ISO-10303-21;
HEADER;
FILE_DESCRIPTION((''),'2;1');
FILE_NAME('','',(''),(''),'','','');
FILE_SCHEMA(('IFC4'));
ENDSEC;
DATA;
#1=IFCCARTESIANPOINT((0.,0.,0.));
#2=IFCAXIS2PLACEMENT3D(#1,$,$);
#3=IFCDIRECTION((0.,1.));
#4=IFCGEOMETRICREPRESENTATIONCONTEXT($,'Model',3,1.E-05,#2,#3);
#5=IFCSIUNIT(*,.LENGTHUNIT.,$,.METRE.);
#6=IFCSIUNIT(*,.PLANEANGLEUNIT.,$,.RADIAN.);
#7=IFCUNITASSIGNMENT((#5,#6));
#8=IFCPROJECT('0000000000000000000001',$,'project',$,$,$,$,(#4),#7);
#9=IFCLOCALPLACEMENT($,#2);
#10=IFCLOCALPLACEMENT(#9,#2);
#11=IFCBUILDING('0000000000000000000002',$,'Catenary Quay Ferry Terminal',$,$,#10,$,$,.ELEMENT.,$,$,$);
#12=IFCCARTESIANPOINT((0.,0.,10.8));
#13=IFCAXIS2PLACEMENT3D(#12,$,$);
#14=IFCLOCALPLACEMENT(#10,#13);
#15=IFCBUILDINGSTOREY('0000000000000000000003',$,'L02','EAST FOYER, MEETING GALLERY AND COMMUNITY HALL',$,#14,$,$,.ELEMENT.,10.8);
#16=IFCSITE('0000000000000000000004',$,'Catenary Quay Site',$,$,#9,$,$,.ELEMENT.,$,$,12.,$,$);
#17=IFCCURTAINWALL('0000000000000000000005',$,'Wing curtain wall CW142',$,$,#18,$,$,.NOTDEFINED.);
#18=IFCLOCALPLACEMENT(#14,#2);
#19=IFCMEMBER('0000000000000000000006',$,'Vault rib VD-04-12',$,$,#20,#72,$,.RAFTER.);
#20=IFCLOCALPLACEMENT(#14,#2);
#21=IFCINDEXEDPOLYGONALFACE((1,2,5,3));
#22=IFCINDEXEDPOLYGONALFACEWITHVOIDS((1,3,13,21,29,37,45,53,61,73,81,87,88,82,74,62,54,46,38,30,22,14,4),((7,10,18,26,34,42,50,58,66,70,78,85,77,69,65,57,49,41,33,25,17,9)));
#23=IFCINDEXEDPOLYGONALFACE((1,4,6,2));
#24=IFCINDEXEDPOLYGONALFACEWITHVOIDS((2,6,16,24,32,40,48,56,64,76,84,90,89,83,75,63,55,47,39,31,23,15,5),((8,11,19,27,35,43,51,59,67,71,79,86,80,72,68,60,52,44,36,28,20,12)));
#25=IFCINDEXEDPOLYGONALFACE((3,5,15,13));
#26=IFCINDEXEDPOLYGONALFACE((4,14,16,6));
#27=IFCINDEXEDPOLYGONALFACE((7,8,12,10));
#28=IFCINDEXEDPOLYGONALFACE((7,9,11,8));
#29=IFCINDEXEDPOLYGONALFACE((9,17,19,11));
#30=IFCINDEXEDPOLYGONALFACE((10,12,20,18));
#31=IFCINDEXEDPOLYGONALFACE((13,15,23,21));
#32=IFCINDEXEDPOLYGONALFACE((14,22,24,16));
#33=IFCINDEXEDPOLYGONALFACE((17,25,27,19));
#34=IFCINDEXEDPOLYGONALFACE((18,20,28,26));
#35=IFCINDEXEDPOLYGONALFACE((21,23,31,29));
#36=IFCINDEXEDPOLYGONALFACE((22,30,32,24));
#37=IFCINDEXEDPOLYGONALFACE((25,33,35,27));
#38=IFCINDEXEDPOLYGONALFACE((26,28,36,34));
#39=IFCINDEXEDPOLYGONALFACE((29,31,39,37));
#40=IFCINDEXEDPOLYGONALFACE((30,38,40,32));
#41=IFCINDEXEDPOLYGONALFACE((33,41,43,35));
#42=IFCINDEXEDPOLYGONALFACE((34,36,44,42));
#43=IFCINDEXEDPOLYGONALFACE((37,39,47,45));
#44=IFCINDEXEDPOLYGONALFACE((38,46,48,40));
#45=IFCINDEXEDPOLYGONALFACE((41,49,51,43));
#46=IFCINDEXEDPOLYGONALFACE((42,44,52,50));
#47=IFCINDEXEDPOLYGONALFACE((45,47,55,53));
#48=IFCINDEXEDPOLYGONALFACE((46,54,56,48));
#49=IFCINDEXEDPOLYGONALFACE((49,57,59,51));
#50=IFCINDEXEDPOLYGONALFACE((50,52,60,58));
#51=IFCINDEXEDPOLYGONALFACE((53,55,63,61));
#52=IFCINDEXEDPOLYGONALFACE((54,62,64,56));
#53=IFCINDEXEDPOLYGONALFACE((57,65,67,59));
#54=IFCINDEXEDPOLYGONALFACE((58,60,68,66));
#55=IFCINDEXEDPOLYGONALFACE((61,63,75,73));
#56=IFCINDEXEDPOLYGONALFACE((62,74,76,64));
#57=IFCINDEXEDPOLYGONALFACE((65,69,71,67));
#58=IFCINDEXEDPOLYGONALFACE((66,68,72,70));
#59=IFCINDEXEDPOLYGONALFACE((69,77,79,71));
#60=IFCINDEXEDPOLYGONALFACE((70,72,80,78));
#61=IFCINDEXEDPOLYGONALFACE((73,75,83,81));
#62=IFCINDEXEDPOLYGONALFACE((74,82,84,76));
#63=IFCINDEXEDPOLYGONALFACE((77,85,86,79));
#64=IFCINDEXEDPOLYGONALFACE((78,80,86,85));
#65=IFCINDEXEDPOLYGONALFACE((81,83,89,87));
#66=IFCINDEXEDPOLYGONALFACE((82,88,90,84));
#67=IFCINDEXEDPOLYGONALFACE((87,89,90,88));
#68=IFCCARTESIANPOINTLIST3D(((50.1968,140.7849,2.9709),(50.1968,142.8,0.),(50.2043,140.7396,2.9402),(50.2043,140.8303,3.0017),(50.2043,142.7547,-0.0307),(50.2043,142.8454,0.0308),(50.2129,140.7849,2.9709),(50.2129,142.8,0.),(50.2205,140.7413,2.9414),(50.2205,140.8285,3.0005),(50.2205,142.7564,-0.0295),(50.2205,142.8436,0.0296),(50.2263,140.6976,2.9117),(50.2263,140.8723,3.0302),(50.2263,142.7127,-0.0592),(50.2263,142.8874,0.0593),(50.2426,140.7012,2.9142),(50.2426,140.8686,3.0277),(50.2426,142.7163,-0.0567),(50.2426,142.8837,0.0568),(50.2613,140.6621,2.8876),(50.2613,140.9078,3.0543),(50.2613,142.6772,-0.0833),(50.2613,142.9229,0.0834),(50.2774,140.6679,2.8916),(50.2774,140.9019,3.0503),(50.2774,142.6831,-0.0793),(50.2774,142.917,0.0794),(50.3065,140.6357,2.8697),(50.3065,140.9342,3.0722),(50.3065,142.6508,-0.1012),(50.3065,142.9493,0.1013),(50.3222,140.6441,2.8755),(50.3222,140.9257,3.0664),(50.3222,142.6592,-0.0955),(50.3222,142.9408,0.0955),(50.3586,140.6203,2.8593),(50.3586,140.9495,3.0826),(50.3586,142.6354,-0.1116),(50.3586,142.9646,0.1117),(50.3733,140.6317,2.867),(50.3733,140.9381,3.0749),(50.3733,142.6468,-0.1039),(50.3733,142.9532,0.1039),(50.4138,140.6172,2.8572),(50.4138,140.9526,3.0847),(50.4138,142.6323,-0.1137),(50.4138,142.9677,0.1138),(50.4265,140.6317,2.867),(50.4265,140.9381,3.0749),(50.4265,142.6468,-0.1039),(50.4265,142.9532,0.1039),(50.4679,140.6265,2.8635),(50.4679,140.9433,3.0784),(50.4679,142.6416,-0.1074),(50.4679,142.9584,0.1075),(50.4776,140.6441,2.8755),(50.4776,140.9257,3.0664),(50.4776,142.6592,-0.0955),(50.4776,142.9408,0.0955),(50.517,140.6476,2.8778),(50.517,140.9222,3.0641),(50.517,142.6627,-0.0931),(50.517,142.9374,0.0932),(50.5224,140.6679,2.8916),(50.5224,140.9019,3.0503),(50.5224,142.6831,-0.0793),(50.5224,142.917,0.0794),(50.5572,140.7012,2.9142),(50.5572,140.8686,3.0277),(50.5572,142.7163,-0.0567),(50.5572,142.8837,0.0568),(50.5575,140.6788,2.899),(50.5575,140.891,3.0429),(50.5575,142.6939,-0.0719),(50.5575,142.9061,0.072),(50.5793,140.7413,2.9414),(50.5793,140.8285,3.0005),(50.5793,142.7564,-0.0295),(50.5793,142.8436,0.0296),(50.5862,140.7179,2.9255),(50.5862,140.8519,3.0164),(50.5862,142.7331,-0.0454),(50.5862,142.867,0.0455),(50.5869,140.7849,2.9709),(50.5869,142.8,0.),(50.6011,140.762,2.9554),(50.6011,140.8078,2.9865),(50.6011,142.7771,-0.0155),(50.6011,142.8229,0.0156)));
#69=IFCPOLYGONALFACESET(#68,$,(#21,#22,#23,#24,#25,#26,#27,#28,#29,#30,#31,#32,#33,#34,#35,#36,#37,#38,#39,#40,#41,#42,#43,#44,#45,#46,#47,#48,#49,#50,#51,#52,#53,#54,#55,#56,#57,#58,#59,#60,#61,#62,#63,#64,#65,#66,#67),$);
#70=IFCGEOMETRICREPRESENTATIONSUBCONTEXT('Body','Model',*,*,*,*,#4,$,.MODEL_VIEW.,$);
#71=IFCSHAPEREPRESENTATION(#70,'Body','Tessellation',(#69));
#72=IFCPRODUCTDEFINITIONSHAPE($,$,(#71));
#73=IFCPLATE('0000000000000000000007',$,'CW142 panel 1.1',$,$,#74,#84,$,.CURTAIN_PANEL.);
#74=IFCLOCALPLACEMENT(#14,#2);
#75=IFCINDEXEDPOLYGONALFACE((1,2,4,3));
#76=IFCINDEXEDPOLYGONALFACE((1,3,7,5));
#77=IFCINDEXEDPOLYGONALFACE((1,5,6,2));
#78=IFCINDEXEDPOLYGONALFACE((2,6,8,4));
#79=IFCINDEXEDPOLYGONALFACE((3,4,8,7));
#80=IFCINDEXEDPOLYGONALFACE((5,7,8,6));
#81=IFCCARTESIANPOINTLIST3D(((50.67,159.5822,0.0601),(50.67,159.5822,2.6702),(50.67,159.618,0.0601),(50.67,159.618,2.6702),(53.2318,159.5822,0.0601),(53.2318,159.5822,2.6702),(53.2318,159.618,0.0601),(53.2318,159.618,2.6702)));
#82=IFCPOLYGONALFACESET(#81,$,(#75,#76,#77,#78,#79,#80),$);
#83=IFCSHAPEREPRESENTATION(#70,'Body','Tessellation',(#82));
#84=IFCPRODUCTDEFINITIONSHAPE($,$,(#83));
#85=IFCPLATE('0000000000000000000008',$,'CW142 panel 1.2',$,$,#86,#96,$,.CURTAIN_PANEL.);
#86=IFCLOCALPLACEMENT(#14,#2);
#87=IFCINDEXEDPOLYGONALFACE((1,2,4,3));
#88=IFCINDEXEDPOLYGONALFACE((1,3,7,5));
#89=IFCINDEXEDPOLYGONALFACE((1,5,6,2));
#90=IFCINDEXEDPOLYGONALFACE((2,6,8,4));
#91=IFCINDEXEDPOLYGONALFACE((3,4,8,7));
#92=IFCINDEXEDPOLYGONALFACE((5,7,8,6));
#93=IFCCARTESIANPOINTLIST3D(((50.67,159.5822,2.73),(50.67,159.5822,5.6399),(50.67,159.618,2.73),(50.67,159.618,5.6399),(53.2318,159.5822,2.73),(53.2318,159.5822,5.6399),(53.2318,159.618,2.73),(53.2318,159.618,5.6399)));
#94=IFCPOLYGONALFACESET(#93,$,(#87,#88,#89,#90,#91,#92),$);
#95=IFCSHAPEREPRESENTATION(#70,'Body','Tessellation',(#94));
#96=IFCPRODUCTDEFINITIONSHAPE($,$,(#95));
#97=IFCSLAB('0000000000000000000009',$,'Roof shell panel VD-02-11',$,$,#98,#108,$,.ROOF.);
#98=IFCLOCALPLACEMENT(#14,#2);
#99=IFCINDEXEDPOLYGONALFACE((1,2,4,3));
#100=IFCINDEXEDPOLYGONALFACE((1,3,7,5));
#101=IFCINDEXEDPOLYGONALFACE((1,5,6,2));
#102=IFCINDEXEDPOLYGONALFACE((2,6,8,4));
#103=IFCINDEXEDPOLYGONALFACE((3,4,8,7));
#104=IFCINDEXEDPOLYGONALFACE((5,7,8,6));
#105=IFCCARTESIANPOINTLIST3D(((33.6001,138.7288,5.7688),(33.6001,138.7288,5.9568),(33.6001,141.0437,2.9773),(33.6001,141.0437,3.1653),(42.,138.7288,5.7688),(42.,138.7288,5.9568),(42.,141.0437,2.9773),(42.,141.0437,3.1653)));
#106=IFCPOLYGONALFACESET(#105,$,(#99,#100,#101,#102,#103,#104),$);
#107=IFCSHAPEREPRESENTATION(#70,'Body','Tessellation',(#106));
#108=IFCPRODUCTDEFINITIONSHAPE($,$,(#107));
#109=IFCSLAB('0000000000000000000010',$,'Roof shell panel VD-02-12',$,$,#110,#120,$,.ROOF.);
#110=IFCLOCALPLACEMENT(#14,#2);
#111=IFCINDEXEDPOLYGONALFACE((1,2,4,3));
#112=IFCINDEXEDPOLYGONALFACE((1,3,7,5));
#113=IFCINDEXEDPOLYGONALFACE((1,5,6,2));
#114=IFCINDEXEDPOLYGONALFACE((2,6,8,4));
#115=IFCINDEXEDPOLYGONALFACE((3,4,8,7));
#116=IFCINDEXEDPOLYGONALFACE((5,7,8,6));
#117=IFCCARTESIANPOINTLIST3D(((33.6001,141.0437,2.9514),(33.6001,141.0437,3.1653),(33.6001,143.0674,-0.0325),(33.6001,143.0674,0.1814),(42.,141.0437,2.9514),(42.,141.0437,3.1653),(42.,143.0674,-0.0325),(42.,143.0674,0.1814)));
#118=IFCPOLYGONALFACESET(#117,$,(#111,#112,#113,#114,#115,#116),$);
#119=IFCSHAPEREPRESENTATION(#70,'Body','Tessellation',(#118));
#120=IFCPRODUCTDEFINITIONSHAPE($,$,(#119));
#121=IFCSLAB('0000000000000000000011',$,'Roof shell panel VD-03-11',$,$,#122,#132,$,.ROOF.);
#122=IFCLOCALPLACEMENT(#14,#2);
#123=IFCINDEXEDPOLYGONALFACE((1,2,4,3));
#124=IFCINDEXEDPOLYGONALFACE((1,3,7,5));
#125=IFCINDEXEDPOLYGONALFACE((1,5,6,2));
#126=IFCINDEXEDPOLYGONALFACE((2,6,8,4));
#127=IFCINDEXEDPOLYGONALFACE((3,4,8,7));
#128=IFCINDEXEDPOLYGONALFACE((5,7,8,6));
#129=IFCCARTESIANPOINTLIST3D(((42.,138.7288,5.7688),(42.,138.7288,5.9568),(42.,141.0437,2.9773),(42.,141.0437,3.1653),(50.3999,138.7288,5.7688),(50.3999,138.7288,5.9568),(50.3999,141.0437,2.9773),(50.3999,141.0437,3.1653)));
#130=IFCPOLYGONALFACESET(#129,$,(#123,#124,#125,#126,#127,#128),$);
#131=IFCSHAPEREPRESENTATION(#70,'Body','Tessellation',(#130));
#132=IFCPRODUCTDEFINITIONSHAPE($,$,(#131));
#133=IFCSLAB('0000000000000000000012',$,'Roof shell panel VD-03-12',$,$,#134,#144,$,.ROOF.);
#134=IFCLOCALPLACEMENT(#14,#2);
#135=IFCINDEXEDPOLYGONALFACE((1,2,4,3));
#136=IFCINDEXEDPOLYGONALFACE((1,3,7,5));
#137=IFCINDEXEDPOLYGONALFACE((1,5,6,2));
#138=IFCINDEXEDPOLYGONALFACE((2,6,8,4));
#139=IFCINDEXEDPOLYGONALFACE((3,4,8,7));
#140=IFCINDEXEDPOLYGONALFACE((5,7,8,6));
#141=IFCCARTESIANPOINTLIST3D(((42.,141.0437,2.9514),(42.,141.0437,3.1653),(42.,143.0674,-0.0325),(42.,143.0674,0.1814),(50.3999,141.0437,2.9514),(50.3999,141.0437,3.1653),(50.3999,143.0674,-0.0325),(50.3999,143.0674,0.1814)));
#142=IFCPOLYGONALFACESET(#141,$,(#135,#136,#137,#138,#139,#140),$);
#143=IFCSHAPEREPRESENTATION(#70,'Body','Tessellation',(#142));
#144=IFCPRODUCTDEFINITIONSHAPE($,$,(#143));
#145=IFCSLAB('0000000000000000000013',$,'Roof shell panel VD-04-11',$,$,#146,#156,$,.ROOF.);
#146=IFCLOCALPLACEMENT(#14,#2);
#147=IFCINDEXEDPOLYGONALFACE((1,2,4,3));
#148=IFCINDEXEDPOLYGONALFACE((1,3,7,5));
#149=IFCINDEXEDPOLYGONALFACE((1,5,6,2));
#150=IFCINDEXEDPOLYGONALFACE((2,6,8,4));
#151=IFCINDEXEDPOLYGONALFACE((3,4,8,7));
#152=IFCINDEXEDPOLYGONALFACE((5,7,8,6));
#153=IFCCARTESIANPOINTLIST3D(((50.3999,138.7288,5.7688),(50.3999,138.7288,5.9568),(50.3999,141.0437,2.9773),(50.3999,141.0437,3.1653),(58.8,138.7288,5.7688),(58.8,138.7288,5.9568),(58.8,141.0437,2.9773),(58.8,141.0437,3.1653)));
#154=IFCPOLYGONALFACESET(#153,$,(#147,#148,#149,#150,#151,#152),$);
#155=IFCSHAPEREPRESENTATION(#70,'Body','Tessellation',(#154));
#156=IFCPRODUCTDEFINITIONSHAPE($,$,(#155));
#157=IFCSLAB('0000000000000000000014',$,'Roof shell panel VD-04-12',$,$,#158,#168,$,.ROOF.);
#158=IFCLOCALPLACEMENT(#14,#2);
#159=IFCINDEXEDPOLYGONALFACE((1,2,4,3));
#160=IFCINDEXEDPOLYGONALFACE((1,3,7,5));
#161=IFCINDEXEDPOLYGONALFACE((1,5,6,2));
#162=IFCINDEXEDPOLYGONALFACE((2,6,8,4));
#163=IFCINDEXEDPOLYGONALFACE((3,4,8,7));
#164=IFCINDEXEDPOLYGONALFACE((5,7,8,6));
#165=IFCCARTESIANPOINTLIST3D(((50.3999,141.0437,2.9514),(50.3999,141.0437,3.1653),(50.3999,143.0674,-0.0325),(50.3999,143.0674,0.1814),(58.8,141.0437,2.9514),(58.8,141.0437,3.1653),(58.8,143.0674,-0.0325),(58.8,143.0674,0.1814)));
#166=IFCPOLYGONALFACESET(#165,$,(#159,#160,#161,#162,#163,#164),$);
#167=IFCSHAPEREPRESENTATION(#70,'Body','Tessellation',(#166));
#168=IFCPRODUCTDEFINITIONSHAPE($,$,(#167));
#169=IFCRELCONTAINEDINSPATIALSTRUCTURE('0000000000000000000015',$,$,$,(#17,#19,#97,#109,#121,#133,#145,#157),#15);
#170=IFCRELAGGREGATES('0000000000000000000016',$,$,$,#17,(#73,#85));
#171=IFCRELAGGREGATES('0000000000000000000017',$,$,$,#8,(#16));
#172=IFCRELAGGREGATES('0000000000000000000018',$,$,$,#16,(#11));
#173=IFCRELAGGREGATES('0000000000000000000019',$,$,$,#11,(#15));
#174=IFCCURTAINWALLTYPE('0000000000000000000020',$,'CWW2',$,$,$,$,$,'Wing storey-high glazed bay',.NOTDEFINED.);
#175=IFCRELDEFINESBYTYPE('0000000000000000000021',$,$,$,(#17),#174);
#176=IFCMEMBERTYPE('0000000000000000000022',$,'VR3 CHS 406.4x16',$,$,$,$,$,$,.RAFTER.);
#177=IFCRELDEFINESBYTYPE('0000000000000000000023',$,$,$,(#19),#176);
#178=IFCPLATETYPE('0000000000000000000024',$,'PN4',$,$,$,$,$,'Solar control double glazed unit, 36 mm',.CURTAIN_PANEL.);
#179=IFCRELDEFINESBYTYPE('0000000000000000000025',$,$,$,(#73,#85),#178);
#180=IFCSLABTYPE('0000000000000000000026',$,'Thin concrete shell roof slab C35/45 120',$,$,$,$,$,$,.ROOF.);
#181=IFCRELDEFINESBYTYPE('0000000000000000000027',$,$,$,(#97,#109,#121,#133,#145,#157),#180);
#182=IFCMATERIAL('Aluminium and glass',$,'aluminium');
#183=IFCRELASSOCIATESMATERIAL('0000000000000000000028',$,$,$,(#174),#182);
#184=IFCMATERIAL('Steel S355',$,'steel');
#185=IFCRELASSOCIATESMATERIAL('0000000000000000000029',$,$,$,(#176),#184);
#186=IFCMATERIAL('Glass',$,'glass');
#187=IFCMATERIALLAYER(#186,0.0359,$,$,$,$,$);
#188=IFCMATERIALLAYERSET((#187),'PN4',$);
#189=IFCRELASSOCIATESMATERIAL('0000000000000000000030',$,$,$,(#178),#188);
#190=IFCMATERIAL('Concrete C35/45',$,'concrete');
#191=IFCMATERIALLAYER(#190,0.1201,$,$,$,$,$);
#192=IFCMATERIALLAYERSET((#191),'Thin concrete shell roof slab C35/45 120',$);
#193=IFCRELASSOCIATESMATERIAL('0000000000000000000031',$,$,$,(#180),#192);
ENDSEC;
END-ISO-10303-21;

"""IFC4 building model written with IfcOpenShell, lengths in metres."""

from ifc_helpers import new_model, si_unit, direction, frame, origin, origin_2d, place, context, subcontext, project, spatial, polyline, rectangle, hollow_circle, outline, extrude, material, layer, layer_set, material_profile, profile_set, type_object, element, aggregate, save


model = new_model("IFC4")

# Units and contexts
model_context = context("Model", 3, precision=1e-05, world=origin(), true_north=direction((0.0, 1.0)))
body_context = subcontext(model_context, "Body", "Model", "MODEL_VIEW")
ifc_project = project(units=[si_unit("LENGTHUNIT", "METRE"), si_unit("PLANEANGLEUNIT", "RADIAN")], contexts=[model_context])

# Site, building, storey
site_placement = place(None, origin())
site = spatial("IfcSite", under=ifc_project, at=site_placement, Name="Catenary Quay Site", CompositionType="ELEMENT", RefElevation=12.0)
building_placement = place(site_placement, origin())
building = spatial("IfcBuilding", under=site, at=building_placement, Name="Catenary Quay Ferry Terminal", CompositionType="ELEMENT")
storey_placement = place(building_placement, frame((0.0, 0.0, 10.8)))
storey = spatial("IfcBuildingStorey", under=building, at=storey_placement, Name="L02", Description="EAST FOYER, MEETING GALLERY AND COMMUNITY HALL", CompositionType="ELEMENT", Elevation=10.8)

# Curtain wall
ifc_material_1 = material(Name="Aluminium and glass", Category="aluminium")
curtain_wall_type = type_object("IfcCurtainWallType", Name="CWW2", ElementType="Wing storey-high glazed bay", PredefinedType="NOTDEFINED", material=ifc_material_1)
curtain_wall_placement = place(storey_placement, origin())
curtain_wall = element("IfcCurtainWall", 1, at=curtain_wall_placement, inside=storey, type_object=curtain_wall_type, Name="Wing curtain wall CW142", PredefinedType="NOTDEFINED")

# Member
ifc_material_2 = material(Name="Steel S355", Category="steel")
ifc_material_profile_1 = material_profile(ifc_material_2, hollow_circle(Radius=0.2031, WallThickness=0.0161, at=origin_2d()), Name="CHS 406.4x16")
ifc_profile_set_1 = profile_set([ifc_material_profile_1], Name="Steel S355")
member_type_1 = type_object("IfcMemberType", Name="VR3 CHS 406.4x16", PredefinedType="RAFTER", material=ifc_profile_set_1)
member_1_placement = place(storey_placement, frame((50.3999, 140.7849, 2.9709), z_axis=(0.0, 0.561337, -0.827587), x_axis=(-1.0, 0.0, 0.0)))
element("IfcMember", 2, at=member_1_placement, inside=storey, type_object=member_type_1, Name="Vault rib VD-04-12", PredefinedType="RAFTER", context=body_context, shape_type="SweptSolid", body=[
    extrude(hollow_circle(Radius=0.2031, WallThickness=0.0161, at=origin_2d()), origin(), (0.0, 0.0, 1.0), 3.5898),
])

# Plates
ifc_material_3 = material(Name="Glass", Category="glass")
ifc_layer_1 = layer(ifc_material_3, 0.0359)
ifc_layer_set_1 = layer_set([ifc_layer_1], Name="PN4")
plate_type = type_object("IfcPlateType", Name="PN4", ElementType="Solar control double glazed unit, 36 mm", PredefinedType="CURTAIN_PANEL", material=ifc_layer_set_1)
plate_1_placement = place(storey_placement, frame((51.9509, 159.6001, 0.0601), z_axis=(0.0, 0.0, 1.0), x_axis=(1.0, 0.0, 0.0)))
plate_1 = element("IfcPlate", 3, at=plate_1_placement, type_object=plate_type, Name="CW142 panel 1.1", PredefinedType="CURTAIN_PANEL", context=body_context, shape_type="SweptSolid", body=[
    extrude(rectangle(XDim=2.5618, YDim=0.0359, at=origin_2d()), origin(), (0.0, 0.0, 1.0), 2.6101),
])
plate_2_placement = place(storey_placement, frame((51.9509, 159.6001, 2.73), z_axis=(0.0, 0.0, 1.0), x_axis=(1.0, 0.0, 0.0)))
plate_2 = element("IfcPlate", 4, at=plate_2_placement, type_object=plate_type, Name="CW142 panel 1.2", PredefinedType="CURTAIN_PANEL", context=body_context, shape_type="SweptSolid", body=[
    extrude(rectangle(XDim=2.5618, YDim=0.0359, at=origin_2d()), origin(), (0.0, 0.0, 1.0), 2.9099),
])
aggregate(curtain_wall, [plate_1, plate_2])

# Slabs
ifc_material_4 = material(Name="Concrete C35/45", Category="concrete")
ifc_layer_2 = layer(ifc_material_4, 0.1201)
ifc_layer_set_2 = layer_set([ifc_layer_2], Name="Thin concrete shell roof slab C35/45 120")
slab_type = type_object("IfcSlabType", Name="Thin concrete shell roof slab C35/45 120", PredefinedType="ROOF", material=ifc_layer_set_2)
slab_1_placement = place(storey_placement, frame((33.6001, 138.7288, 5.9568), z_axis=(0.0, 0.769753, 0.638342), x_axis=(1.0, 0.0, 0.0)))
element("IfcSlab", 5, at=slab_1_placement, inside=storey, type_object=slab_type, Name="Roof shell panel VD-02-11", PredefinedType="ROOF", context=body_context, shape_type="SweptSolid", body=[
    extrude(outline(polyline([(0.0, 0.0), (8.3999, 0.0), (8.3999, 3.6265), (0.0, 3.6265), (0.0, 0.0)])), origin(), (0.0, 0.769753, -0.638342), 0.188),
])
slab_2_placement = place(storey_placement, frame((33.6001, 141.0437, 3.1653), z_axis=(0.0, 0.827617, 0.561293), x_axis=(1.0, 0.0, 0.0)))
element("IfcSlab", 6, at=slab_2_placement, inside=storey, type_object=slab_type, Name="Roof shell panel VD-02-12", PredefinedType="ROOF", context=body_context, shape_type="SweptSolid", body=[
    extrude(outline(polyline([(0.0, 0.0), (8.3999, 0.0), (8.3999, 3.6054), (0.0, 3.6054), (0.0, 0.0)])), origin(), (0.0, 0.827617, -0.561293), 0.2139),
])
slab_3_placement = place(storey_placement, frame((42.0, 138.7288, 5.9568), z_axis=(0.0, 0.769753, 0.638342), x_axis=(1.0, 0.0, 0.0)))
element("IfcSlab", 7, at=slab_3_placement, inside=storey, type_object=slab_type, Name="Roof shell panel VD-03-11", PredefinedType="ROOF", context=body_context, shape_type="SweptSolid", body=[
    extrude(outline(polyline([(0.0, 0.0), (8.3999, 0.0), (8.3999, 3.6265), (0.0, 3.6265), (0.0, 0.0)])), origin(), (0.0, 0.769753, -0.638342), 0.188),
])
slab_4_placement = place(storey_placement, frame((42.0, 141.0437, 3.1653), z_axis=(0.0, 0.827617, 0.561293), x_axis=(1.0, 0.0, 0.0)))
element("IfcSlab", 8, at=slab_4_placement, inside=storey, type_object=slab_type, Name="Roof shell panel VD-03-12", PredefinedType="ROOF", context=body_context, shape_type="SweptSolid", body=[
    extrude(outline(polyline([(0.0, 0.0), (8.3999, 0.0), (8.3999, 3.6054), (0.0, 3.6054), (0.0, 0.0)])), origin(), (0.0, 0.827617, -0.561293), 0.2139),
])
slab_5_placement = place(storey_placement, frame((50.3999, 138.7288, 5.9568), z_axis=(0.0, 0.769753, 0.638342), x_axis=(1.0, 0.0, 0.0)))
element("IfcSlab", 9, at=slab_5_placement, inside=storey, type_object=slab_type, Name="Roof shell panel VD-04-11", PredefinedType="ROOF", context=body_context, shape_type="SweptSolid", body=[
    extrude(outline(polyline([(0.0, 0.0), (8.4001, 0.0), (8.4001, 3.6265), (0.0, 3.6265), (0.0, 0.0)])), origin(), (0.0, 0.769753, -0.638342), 0.188),
])
slab_6_placement = place(storey_placement, frame((50.3999, 141.0437, 3.1653), z_axis=(0.0, 0.827617, 0.561293), x_axis=(1.0, 0.0, 0.0)))
element("IfcSlab", 10, at=slab_6_placement, inside=storey, type_object=slab_type, Name="Roof shell panel VD-04-12", PredefinedType="ROOF", context=body_context, shape_type="SweptSolid", body=[
    extrude(outline(polyline([(0.0, 0.0), (8.4001, 0.0), (8.4001, 3.6054), (0.0, 3.6054), (0.0, 0.0)])), origin(), (0.0, 0.827617, -0.561293), 0.2139),
])

save(model, "model.ifc")
